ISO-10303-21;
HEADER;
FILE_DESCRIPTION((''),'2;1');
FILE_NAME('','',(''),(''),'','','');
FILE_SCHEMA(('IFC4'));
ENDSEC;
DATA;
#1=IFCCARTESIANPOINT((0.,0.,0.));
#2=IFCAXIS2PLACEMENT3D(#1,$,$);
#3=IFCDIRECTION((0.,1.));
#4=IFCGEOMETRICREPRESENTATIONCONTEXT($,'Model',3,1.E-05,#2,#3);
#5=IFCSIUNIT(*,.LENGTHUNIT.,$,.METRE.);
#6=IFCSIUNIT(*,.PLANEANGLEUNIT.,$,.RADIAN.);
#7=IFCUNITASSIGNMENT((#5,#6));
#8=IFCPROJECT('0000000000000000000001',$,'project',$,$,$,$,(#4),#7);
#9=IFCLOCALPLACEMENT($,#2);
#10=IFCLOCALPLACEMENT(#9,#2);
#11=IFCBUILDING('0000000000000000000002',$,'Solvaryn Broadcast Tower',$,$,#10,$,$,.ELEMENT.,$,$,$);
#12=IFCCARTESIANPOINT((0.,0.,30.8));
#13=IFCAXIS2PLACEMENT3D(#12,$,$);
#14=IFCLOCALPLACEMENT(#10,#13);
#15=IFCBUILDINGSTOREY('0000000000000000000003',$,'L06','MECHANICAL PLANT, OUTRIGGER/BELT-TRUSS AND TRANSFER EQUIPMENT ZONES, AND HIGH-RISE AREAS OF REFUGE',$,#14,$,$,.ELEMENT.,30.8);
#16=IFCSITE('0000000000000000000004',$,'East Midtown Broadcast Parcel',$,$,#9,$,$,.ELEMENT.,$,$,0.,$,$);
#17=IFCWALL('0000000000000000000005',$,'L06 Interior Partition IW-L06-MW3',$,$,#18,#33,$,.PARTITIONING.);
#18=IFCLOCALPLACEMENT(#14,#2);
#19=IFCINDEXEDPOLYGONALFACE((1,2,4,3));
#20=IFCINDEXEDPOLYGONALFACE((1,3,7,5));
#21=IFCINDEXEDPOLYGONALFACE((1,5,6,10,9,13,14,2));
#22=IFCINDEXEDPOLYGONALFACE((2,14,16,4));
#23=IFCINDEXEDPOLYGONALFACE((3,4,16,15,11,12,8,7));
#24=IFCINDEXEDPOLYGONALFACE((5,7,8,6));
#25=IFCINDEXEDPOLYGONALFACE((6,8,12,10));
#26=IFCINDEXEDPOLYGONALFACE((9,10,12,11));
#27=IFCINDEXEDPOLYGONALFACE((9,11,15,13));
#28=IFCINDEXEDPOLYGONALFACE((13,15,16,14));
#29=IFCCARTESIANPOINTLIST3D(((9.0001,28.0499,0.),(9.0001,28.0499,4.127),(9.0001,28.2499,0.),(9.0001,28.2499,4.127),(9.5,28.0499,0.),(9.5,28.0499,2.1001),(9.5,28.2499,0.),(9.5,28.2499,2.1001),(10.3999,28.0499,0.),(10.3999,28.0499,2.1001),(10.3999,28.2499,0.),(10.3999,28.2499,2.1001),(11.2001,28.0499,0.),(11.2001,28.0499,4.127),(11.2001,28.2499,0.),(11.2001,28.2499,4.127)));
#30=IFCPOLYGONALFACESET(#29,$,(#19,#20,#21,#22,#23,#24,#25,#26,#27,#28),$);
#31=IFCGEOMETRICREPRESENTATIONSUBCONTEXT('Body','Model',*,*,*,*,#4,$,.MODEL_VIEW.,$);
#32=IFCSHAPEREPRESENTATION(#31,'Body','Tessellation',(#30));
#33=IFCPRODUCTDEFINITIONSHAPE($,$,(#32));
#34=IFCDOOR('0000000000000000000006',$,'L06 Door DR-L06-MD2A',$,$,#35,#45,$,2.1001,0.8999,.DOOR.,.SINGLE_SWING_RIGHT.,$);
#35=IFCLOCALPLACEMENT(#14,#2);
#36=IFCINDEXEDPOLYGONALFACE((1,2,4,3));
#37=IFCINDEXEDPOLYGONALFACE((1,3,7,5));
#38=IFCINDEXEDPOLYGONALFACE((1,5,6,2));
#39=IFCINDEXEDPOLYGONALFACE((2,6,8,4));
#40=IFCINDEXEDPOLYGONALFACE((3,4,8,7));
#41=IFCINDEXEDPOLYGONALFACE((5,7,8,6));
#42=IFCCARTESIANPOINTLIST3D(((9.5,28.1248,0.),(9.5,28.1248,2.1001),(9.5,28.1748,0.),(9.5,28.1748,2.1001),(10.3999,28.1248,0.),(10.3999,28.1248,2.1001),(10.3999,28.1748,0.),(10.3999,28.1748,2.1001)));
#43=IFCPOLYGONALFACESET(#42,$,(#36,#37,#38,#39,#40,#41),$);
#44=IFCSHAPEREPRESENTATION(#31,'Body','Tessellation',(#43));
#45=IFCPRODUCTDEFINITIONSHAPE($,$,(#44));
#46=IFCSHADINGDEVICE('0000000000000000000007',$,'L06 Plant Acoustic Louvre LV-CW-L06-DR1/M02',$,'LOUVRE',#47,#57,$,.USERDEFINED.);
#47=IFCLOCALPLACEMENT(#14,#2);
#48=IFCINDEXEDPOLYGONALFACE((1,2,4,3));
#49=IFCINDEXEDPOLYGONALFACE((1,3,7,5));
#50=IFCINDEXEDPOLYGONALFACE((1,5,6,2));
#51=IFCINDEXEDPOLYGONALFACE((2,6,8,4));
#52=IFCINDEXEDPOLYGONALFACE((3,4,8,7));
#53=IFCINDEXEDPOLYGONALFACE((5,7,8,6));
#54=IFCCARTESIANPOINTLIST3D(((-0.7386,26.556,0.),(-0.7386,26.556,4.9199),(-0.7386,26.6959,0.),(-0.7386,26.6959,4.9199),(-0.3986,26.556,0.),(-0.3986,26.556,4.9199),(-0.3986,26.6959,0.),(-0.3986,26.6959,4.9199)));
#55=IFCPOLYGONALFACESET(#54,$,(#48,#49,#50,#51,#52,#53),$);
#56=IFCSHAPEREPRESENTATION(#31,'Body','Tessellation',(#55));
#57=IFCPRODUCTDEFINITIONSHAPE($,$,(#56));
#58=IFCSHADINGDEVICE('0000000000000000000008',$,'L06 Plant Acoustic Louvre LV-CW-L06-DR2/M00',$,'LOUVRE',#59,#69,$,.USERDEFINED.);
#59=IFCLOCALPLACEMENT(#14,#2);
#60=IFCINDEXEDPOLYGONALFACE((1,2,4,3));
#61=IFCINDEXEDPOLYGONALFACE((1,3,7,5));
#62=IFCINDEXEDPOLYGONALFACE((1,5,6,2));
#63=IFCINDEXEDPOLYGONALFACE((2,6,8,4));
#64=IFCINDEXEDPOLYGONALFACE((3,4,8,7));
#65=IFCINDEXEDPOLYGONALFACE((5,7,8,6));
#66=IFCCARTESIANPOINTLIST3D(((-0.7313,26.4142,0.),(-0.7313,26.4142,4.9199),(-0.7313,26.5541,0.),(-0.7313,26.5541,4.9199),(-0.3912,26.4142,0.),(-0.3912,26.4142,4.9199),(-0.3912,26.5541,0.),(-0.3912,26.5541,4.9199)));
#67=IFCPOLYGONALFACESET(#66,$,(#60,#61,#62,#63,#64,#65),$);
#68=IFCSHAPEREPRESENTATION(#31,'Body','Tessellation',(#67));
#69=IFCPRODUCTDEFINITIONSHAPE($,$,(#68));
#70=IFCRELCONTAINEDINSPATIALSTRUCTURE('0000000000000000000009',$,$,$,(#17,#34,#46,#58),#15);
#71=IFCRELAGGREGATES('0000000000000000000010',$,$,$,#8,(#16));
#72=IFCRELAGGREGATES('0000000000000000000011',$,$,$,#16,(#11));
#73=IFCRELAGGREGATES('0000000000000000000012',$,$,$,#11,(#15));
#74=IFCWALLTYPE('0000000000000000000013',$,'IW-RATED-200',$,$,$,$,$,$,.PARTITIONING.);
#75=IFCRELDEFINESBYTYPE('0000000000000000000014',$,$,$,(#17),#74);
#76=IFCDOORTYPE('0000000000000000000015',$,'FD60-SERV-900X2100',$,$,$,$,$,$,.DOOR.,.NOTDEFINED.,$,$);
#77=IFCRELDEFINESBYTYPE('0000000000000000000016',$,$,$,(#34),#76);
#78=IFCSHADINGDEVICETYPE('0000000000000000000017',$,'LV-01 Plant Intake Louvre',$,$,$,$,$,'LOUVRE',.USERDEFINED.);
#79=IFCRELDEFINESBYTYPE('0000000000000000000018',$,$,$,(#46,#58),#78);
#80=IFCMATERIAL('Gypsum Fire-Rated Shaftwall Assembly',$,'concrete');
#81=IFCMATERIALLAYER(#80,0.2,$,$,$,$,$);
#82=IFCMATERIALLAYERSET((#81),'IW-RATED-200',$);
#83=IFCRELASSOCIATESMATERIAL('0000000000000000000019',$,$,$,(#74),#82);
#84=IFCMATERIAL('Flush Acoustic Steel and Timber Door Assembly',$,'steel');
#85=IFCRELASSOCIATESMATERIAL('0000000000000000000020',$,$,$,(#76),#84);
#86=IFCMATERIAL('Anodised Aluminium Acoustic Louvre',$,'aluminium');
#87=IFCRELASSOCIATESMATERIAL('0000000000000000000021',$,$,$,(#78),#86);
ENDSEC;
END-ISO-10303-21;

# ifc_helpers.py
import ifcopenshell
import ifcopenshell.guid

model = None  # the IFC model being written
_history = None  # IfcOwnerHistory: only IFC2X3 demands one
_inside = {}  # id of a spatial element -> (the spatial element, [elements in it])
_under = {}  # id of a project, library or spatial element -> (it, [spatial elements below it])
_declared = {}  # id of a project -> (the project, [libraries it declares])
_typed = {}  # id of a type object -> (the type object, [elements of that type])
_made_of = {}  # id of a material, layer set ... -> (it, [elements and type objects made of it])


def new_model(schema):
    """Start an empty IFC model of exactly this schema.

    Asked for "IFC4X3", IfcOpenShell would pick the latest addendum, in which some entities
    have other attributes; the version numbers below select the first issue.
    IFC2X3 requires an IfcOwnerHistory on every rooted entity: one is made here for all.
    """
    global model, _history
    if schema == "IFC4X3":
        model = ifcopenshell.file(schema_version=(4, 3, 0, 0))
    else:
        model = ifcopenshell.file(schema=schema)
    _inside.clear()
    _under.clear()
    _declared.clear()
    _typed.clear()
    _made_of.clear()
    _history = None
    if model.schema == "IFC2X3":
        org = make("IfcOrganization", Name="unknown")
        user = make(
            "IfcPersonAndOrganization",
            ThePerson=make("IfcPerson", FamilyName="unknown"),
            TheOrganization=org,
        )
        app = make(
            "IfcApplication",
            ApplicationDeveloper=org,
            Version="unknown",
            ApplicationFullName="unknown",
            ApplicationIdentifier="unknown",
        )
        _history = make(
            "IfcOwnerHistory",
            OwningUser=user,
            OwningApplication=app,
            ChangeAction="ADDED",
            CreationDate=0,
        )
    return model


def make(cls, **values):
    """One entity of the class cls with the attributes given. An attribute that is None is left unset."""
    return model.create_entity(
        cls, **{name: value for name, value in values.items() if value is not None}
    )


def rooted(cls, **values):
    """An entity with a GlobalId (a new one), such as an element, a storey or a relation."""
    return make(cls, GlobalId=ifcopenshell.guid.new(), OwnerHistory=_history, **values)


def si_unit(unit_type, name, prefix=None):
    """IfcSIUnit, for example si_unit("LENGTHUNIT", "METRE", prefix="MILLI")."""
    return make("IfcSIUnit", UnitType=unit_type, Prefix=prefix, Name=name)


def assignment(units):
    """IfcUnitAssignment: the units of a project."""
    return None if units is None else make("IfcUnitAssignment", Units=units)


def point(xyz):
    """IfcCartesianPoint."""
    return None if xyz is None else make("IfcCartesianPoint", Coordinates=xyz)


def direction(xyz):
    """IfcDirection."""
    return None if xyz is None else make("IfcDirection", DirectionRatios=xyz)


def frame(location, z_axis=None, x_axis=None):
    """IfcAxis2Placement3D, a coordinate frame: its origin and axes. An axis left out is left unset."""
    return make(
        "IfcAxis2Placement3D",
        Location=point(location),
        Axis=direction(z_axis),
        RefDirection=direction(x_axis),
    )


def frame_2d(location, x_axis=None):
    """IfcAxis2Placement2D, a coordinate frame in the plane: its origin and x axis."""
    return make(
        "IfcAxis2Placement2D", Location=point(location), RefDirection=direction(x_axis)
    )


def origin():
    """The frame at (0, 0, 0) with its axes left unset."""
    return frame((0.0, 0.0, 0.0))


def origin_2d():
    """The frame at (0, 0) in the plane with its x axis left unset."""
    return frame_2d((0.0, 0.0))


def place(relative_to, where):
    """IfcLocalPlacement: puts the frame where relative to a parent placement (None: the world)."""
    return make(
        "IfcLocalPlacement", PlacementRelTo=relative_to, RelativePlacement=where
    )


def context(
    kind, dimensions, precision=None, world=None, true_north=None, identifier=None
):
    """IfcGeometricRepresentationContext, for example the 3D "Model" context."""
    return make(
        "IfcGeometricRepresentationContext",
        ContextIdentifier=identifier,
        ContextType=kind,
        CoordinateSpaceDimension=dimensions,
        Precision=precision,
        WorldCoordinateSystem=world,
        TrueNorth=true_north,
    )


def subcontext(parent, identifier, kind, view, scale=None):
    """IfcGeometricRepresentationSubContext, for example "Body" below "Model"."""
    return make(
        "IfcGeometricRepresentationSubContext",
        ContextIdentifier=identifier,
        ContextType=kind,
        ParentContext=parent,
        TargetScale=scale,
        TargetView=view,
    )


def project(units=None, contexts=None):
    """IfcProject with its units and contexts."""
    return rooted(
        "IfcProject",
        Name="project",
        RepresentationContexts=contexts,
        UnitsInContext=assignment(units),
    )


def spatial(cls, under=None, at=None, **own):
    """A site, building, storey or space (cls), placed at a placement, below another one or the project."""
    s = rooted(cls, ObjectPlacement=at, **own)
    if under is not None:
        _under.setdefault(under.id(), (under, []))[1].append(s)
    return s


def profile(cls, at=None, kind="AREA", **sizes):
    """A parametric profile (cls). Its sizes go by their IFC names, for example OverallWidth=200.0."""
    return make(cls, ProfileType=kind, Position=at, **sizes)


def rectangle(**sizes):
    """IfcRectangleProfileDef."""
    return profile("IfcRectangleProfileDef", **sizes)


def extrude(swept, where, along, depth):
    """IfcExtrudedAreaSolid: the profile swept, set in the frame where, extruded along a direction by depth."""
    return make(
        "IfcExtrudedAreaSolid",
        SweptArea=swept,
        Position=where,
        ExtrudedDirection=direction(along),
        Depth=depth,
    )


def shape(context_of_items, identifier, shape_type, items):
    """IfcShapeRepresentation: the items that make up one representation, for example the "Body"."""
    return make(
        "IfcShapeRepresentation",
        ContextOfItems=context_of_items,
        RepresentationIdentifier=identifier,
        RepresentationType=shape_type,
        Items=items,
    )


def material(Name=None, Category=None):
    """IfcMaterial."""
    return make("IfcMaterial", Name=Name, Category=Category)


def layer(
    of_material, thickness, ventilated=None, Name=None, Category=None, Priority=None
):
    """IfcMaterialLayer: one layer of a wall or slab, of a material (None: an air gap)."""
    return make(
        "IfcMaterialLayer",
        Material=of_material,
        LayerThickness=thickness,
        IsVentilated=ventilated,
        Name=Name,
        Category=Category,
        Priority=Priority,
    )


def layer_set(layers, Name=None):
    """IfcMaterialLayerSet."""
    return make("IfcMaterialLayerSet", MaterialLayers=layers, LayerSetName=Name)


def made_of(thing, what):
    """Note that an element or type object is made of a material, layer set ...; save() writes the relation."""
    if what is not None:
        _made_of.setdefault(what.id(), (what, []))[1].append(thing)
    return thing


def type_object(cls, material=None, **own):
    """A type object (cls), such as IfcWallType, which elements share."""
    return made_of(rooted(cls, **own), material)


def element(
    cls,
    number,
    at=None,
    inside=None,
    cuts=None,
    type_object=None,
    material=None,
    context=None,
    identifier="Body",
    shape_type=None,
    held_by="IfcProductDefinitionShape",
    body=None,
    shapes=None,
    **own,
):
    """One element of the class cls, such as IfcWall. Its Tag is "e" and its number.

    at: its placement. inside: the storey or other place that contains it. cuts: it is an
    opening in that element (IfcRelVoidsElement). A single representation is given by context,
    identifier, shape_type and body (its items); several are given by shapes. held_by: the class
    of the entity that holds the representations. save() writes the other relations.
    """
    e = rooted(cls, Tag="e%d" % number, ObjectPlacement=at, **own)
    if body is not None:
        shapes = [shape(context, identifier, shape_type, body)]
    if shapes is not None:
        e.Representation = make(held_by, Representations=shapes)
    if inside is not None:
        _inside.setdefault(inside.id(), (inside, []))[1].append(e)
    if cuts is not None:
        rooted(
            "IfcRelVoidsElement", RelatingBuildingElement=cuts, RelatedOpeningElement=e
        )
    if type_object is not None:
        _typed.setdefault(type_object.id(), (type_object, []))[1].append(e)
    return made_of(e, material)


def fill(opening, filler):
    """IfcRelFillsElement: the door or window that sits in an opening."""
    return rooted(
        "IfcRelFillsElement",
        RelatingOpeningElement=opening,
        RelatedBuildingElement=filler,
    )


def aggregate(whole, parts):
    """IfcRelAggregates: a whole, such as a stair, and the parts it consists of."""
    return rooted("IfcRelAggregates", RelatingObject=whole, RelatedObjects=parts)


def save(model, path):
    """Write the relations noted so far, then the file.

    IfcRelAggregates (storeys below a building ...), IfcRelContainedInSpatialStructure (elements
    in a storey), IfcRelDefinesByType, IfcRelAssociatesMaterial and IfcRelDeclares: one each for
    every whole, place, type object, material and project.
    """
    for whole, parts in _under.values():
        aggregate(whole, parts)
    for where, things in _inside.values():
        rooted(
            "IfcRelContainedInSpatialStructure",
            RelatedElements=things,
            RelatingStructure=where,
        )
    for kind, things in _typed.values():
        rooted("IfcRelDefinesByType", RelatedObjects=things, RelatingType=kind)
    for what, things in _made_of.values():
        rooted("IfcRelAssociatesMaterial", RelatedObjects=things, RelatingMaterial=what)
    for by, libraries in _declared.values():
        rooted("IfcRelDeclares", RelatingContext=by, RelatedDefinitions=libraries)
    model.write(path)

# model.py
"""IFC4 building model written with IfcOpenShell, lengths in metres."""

from ifc_helpers import new_model, si_unit, direction, frame, frame_2d, origin, origin_2d, place, context, subcontext, project, spatial, rectangle, extrude, material, layer, layer_set, type_object, element, fill, save


model = new_model("IFC4")

# Units and contexts
model_context = context("Model", 3, precision=1e-05, world=origin(), true_north=direction((0.0, 1.0)))
body_context = subcontext(model_context, "Body", "Model", "MODEL_VIEW")
ifc_project = project(units=[si_unit("LENGTHUNIT", "METRE"), si_unit("PLANEANGLEUNIT", "RADIAN")], contexts=[model_context])

# Site, building, storey
site_placement = place(None, origin())
site = spatial("IfcSite", under=ifc_project, at=site_placement, Name="East Midtown Broadcast Parcel", CompositionType="ELEMENT", RefElevation=0.0)
building_placement = place(site_placement, origin())
building = spatial("IfcBuilding", under=site, at=building_placement, Name="Solvaryn Broadcast Tower", CompositionType="ELEMENT")
storey_placement = place(building_placement, frame((0.0, 0.0, 30.8)))
storey = spatial("IfcBuildingStorey", under=building, at=storey_placement, Name="L06", Description="MECHANICAL PLANT, OUTRIGGER/BELT-TRUSS AND TRANSFER EQUIPMENT ZONES, AND HIGH-RISE AREAS OF REFUGE", CompositionType="ELEMENT", Elevation=30.8)

# Wall, opening, door
ifc_material_1 = material(Name="Gypsum Fire-Rated Shaftwall Assembly", Category="concrete")
ifc_layer_1 = layer(ifc_material_1, 0.2)
ifc_layer_set_1 = layer_set([ifc_layer_1], Name="IW-RATED-200")
wall_type_1 = type_object("IfcWallType", Name="IW-RATED-200", PredefinedType="PARTITIONING", material=ifc_layer_set_1)
wall_1_placement = place(storey_placement, frame((9.0, 28.1499, 0.0), z_axis=(0.0, 0.0, 1.0), x_axis=(1.0, 0.0, 0.0)))
wall_1 = element("IfcWall", 1, at=wall_1_placement, inside=storey, type_object=wall_type_1, Name="L06 Interior Partition IW-L06-MW3", PredefinedType="PARTITIONING", context=body_context, shape_type="SweptSolid", body=[
    extrude(rectangle(XDim=2.2, YDim=0.2, at=frame_2d((1.1001, 0.0))), origin(), (0.0, 0.0, 1.0), 4.127),
])
opening_1_placement = place(wall_1_placement, frame((0.5, 0.0, 0.0)))
opening_1 = element("IfcOpeningElement", 2, at=opening_1_placement, cuts=wall_1, PredefinedType="OPENING", context=body_context, shape_type="SweptSolid", body=[
    extrude(rectangle(XDim=0.8999, YDim=2.1001, at=frame_2d((0.45, 1.05))), frame((0.0, 0.1101, 0.0), z_axis=(0.0, -1.0, 0.0), x_axis=(1.0, 0.0, 0.0)), (0.0, 0.0, 1.0), 0.22),
])
ifc_material_2 = material(Name="Flush Acoustic Steel and Timber Door Assembly", Category="steel")
door_type_1 = type_object("IfcDoorType", Name="FD60-SERV-900X2100", OperationType="NOTDEFINED", PredefinedType="DOOR", material=ifc_material_2)
door_1_placement = place(opening_1_placement, origin())
door_1 = element("IfcDoor", 3, at=door_1_placement, inside=storey, type_object=door_type_1, Name="L06 Door DR-L06-MD2A", OperationType="SINGLE_SWING_RIGHT", OverallHeight=2.1001, OverallWidth=0.8999, PredefinedType="DOOR", context=body_context, shape_type="SweptSolid", body=[
    extrude(rectangle(XDim=0.8999, YDim=2.1001, at=frame_2d((0.45, 1.05))), frame((0.0, 0.0249, 0.0), z_axis=(0.0, -1.0, 0.0), x_axis=(1.0, 0.0, 0.0)), (0.0, 0.0, 1.0), 0.05),
])
fill(opening_1, door_1)

# Shading devices
ifc_material_3 = material(Name="Anodised Aluminium Acoustic Louvre", Category="aluminium")
shading_device_type = type_object("IfcShadingDeviceType", Name="LV-01 Plant Intake Louvre", ElementType="LOUVRE", PredefinedType="USERDEFINED", material=ifc_material_3)
for number, where, z_axis, x_axis, name in (
    (4, (-0.5686, 26.626, 0.0), (0.0, 0.0, 1.0), (1.0, 0.0, 0.0), "L06 Plant Acoustic Louvre LV-CW-L06-DR1/M02"),
    (5, (-0.5613, 26.4841, 0.0), (0.0, 0.0, 1.0), (1.0, 0.0, 0.0), "L06 Plant Acoustic Louvre LV-CW-L06-DR2/M00"),
):
    element("IfcShadingDevice", number, at=place(storey_placement, frame(where, z_axis=z_axis, x_axis=x_axis)), inside=storey, type_object=shading_device_type, Name=name, ObjectType="LOUVRE", PredefinedType="USERDEFINED", context=body_context, shape_type="SweptSolid", body=[
        extrude(rectangle(XDim=0.3401, YDim=0.1399, at=origin_2d()), origin(), (0.0, 0.0, 1.0), 4.9199),
    ])

save(model, "model.ifc")
